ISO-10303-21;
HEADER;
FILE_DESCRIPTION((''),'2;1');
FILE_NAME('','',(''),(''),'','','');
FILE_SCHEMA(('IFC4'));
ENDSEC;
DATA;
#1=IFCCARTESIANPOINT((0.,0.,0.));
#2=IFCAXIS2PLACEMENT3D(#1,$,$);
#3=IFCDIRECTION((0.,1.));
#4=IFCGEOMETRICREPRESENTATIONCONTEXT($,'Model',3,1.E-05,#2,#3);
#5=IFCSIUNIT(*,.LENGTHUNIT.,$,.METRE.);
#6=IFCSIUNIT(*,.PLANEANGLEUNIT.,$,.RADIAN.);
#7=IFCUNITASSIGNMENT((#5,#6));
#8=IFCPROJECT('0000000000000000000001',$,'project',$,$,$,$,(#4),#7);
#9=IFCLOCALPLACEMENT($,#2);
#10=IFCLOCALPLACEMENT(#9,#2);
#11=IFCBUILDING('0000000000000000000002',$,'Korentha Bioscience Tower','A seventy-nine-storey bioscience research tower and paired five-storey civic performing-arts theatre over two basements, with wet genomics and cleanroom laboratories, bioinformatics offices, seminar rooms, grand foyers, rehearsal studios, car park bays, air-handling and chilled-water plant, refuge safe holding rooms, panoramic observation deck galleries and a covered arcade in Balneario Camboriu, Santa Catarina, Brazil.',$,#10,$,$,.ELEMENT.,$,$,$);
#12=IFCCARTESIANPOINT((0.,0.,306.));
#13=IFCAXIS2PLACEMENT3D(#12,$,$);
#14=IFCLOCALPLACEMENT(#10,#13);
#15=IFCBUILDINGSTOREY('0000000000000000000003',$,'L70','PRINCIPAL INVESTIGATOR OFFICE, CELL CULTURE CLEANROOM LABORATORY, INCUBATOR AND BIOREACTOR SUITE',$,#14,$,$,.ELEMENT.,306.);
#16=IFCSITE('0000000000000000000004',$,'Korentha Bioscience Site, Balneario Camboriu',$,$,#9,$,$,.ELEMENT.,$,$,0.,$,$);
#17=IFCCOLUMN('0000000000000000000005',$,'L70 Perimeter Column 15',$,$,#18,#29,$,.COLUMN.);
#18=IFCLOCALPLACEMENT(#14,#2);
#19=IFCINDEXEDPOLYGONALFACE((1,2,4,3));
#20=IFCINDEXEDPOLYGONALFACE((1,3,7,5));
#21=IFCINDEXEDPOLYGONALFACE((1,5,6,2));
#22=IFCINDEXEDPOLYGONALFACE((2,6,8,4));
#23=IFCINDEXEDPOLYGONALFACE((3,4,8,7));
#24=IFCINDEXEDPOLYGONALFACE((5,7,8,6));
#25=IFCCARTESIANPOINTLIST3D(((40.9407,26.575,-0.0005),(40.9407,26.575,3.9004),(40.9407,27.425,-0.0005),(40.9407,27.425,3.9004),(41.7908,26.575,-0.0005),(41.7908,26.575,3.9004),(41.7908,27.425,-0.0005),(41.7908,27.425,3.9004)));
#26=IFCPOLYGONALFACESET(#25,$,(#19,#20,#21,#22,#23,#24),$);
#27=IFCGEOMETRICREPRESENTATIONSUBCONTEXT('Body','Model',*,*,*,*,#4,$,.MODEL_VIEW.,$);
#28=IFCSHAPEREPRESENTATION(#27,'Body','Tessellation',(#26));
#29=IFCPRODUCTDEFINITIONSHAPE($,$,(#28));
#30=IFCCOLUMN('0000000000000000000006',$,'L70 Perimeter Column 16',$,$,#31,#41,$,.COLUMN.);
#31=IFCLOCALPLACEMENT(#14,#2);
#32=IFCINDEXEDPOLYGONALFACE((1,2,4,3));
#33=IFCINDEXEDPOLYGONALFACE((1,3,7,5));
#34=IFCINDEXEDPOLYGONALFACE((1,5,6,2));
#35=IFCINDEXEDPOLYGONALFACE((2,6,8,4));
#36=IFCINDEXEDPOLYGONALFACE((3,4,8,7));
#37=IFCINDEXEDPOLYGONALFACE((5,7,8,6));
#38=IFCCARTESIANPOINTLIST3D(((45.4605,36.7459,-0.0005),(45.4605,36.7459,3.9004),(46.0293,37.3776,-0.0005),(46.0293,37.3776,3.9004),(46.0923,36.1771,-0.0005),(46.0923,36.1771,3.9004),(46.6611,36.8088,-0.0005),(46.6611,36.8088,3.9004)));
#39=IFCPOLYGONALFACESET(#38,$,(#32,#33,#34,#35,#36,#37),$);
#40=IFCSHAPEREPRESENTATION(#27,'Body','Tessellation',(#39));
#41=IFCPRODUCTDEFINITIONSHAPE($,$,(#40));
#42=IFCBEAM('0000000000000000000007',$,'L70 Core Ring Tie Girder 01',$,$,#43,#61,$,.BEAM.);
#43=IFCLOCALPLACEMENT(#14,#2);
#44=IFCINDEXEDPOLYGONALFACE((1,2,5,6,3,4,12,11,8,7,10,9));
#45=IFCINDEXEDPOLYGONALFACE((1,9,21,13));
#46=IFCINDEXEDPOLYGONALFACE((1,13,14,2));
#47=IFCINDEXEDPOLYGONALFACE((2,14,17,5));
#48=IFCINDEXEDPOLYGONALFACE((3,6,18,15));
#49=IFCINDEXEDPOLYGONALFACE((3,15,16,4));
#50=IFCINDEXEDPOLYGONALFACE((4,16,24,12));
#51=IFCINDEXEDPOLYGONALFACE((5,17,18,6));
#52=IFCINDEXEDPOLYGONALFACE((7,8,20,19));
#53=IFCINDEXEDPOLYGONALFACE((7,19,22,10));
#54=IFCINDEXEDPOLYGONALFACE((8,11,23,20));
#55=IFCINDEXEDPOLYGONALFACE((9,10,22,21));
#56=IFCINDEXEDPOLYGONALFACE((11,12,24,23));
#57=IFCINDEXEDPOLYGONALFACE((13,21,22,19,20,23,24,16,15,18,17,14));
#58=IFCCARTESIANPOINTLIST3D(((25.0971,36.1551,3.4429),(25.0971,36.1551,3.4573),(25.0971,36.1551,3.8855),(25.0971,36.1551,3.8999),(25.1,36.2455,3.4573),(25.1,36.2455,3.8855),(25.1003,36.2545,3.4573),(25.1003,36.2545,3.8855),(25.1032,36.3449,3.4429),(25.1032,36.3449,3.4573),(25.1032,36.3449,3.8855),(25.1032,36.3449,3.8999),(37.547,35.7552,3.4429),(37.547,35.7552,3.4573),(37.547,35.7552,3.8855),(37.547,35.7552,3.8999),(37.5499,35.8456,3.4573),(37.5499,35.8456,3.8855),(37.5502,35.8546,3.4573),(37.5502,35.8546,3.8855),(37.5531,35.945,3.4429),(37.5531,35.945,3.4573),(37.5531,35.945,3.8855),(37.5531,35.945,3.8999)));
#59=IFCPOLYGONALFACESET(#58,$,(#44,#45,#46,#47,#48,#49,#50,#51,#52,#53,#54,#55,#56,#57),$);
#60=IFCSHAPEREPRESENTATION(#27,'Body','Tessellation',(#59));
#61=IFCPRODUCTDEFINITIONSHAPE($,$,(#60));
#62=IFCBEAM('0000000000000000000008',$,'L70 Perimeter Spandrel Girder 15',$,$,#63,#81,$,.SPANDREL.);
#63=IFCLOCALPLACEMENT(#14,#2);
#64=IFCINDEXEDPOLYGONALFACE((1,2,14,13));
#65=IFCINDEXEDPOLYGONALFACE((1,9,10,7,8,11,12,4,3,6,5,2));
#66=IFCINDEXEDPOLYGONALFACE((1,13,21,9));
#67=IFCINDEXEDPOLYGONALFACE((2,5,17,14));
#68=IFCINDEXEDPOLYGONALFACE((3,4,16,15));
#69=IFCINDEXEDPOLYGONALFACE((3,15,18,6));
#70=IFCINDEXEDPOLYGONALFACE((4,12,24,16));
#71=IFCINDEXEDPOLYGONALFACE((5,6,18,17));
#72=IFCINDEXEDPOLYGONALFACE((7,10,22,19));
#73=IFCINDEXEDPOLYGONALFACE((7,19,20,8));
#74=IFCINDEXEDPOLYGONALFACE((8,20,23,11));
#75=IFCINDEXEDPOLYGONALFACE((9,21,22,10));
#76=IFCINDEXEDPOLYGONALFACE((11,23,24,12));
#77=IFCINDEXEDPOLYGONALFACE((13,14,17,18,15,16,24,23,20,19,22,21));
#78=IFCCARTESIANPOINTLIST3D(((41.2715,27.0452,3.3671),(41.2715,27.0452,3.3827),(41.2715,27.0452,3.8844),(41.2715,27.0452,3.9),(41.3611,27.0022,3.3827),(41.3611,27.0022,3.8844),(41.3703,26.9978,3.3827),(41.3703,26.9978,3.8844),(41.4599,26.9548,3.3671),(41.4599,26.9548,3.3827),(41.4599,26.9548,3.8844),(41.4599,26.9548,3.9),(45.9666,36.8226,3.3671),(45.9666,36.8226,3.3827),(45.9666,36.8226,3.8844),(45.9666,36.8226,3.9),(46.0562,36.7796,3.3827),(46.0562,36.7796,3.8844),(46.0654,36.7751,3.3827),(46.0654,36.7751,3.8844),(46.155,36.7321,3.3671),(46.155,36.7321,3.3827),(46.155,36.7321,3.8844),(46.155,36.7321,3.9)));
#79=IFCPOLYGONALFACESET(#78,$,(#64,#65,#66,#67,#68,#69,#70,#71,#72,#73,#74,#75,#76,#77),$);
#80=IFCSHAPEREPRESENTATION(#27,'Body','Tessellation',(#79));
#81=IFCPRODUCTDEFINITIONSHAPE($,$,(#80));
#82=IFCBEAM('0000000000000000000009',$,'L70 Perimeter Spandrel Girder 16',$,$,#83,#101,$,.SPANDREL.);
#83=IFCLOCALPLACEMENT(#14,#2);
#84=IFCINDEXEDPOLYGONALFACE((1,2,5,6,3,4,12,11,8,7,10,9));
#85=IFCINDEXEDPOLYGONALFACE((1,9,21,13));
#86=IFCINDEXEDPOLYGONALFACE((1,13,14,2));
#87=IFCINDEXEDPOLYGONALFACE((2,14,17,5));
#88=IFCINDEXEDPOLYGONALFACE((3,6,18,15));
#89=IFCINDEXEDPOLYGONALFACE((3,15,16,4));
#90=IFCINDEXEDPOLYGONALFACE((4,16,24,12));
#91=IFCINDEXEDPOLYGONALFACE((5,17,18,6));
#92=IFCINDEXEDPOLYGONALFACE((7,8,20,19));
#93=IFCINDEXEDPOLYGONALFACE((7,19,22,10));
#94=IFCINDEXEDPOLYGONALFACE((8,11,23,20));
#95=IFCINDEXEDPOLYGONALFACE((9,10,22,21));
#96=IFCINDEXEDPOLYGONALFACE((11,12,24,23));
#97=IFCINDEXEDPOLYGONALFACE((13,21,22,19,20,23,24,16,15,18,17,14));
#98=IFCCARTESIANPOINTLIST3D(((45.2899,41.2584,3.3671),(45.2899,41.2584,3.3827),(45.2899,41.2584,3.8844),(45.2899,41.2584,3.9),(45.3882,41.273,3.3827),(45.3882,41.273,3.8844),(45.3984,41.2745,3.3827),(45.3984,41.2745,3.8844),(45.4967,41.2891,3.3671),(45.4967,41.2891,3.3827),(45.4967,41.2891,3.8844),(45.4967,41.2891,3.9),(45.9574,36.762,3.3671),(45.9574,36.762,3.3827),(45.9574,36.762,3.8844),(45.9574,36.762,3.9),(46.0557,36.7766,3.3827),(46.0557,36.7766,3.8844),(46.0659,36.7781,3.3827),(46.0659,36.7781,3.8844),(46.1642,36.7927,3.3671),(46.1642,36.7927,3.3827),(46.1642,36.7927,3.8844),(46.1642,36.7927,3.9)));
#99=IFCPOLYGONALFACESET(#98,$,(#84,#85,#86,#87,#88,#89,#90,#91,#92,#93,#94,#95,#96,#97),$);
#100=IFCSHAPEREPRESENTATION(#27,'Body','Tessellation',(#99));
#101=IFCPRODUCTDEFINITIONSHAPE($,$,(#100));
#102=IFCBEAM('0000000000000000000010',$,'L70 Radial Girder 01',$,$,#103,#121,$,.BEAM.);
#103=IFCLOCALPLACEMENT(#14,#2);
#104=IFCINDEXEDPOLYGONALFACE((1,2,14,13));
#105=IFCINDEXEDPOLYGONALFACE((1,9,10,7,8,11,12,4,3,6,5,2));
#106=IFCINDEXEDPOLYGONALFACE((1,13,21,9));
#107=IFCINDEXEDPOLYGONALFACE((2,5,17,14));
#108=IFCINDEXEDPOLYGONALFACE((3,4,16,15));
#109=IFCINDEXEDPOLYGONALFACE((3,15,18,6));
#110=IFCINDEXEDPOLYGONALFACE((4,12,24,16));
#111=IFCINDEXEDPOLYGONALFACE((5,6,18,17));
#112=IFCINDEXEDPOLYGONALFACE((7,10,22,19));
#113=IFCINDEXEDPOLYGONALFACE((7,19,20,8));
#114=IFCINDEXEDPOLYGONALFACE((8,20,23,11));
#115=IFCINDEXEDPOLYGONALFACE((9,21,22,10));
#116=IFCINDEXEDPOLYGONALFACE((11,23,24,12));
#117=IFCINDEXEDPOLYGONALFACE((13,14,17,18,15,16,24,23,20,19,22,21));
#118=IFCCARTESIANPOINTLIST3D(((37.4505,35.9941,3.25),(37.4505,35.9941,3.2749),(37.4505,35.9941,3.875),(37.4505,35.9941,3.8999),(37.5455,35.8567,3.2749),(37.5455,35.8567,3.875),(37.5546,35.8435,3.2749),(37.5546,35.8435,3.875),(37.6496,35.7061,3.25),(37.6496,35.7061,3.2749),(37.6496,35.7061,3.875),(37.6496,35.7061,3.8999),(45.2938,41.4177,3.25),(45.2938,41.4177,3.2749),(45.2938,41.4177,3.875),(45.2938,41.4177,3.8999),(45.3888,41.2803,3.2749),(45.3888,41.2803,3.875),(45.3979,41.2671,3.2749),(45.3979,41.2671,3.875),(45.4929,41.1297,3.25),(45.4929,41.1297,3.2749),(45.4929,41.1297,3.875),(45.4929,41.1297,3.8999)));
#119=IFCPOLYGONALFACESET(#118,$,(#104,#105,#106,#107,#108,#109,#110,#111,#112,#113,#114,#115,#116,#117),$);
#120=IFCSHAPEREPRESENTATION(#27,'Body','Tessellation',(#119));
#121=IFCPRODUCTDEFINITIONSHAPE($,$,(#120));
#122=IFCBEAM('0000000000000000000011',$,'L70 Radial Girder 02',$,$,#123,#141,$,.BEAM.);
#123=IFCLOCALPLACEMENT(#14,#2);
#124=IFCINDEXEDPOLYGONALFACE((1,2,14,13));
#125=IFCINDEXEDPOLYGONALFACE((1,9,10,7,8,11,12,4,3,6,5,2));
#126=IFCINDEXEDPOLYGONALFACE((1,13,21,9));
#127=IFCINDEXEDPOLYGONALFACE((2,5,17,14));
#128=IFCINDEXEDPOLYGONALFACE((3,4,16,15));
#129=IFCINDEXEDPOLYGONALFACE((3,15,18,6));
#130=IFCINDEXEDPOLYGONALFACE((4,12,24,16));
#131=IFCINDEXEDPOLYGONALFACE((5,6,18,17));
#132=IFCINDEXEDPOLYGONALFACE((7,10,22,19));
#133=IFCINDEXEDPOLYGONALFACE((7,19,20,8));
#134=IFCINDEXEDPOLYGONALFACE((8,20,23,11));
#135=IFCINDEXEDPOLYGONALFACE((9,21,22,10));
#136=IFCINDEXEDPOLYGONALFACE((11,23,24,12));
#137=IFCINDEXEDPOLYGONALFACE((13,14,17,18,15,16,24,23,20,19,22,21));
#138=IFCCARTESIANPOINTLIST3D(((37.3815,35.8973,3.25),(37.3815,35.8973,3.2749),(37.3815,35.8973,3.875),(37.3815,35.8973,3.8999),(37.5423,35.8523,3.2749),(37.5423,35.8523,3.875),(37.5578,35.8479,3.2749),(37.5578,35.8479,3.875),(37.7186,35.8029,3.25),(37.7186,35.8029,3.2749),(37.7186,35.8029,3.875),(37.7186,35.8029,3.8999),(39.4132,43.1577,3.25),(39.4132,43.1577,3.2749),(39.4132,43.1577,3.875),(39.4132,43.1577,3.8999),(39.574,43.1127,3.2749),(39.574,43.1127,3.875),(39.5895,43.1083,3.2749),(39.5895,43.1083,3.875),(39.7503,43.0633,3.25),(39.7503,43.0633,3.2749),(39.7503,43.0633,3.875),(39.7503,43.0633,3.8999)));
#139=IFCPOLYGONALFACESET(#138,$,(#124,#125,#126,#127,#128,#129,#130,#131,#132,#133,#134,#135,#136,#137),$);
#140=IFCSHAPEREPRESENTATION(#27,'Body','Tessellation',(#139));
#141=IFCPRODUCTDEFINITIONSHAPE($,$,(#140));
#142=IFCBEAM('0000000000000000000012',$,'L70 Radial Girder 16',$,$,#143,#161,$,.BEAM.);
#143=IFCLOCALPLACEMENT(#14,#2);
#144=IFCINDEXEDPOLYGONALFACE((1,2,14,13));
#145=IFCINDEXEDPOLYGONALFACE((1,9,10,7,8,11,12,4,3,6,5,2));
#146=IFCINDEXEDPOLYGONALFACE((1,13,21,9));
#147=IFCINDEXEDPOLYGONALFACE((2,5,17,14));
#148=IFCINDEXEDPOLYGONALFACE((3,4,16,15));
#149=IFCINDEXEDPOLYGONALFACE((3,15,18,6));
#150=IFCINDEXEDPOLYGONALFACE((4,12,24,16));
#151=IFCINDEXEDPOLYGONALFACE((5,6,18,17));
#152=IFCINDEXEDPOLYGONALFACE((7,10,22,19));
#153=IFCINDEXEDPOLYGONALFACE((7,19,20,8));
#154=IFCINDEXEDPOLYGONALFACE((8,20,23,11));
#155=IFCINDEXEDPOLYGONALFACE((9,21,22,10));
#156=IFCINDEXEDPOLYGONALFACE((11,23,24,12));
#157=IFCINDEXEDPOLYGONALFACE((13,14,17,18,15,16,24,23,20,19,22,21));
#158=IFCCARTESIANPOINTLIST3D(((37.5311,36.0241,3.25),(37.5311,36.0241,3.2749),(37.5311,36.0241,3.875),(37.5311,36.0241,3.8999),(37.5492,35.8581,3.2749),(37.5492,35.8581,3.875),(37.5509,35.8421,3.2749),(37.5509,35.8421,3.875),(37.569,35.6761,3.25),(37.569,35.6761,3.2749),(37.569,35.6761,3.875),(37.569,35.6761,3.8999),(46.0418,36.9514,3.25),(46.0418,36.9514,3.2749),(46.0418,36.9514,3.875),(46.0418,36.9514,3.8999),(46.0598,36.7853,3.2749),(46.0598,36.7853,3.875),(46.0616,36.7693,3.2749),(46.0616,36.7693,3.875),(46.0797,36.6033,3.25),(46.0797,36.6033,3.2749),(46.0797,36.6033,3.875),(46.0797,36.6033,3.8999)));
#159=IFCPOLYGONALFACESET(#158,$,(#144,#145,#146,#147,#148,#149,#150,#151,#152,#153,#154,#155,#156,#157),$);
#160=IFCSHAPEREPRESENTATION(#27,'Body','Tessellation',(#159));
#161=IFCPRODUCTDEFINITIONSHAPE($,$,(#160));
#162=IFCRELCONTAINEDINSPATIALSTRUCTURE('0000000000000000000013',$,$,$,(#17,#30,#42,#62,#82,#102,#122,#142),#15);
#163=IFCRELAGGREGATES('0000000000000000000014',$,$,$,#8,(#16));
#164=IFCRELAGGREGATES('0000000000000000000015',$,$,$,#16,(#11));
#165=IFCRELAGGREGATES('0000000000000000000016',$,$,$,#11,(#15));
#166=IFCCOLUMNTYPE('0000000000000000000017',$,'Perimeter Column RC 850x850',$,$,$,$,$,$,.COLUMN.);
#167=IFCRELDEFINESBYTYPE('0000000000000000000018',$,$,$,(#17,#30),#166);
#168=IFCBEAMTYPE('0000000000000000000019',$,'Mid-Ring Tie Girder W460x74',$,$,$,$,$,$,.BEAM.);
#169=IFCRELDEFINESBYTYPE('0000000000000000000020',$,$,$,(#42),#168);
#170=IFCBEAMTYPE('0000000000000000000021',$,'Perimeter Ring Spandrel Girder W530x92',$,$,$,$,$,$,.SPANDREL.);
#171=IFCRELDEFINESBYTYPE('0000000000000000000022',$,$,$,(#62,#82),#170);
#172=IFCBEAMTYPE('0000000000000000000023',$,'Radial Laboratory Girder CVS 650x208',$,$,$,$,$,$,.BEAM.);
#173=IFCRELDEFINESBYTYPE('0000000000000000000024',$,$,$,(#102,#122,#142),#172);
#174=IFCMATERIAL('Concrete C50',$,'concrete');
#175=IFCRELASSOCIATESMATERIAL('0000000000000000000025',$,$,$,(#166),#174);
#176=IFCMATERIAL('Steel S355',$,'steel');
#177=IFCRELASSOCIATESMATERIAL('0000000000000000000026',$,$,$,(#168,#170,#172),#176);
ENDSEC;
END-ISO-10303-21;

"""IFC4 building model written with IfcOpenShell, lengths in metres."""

from ifc_helpers import new_model, si_unit, direction, frame, origin, origin_2d, place, context, subcontext, project, spatial, rectangle, i_section, extrude, material, material_profile, profile_set, type_object, element, save


model = new_model("IFC4")

# Units and contexts
model_context = context("Model", 3, precision=1e-05, world=origin(), true_north=direction((0.0, 1.0)))
body_context = subcontext(model_context, "Body", "Model", "MODEL_VIEW")
ifc_project = project(units=[si_unit("LENGTHUNIT", "METRE"), si_unit("PLANEANGLEUNIT", "RADIAN")], contexts=[model_context])

# Site, building, storey
site_placement = place(None, origin())
site = spatial("IfcSite", under=ifc_project, at=site_placement, Name="Korentha Bioscience Site, Balneario Camboriu", CompositionType="ELEMENT", RefElevation=0.0)
building_placement = place(site_placement, origin())
building = spatial("IfcBuilding", under=site, at=building_placement, Name="Korentha Bioscience Tower", Description="A seventy-nine-storey bioscience research tower and paired five-storey civic performing-arts theatre over two basements, with wet genomics and cleanroom laboratories, bioinformatics offices, seminar rooms, grand foyers, rehearsal studios, car park bays, air-handling and chilled-water plant, refuge safe holding rooms, panoramic observation deck galleries and a covered arcade in Balneario Camboriu, Santa Catarina, Brazil.", CompositionType="ELEMENT")
storey_placement = place(building_placement, frame((0.0, 0.0, 306.0)))
storey = spatial("IfcBuildingStorey", under=building, at=storey_placement, Name="L70", Description="PRINCIPAL INVESTIGATOR OFFICE, CELL CULTURE CLEANROOM LABORATORY, INCUBATOR AND BIOREACTOR SUITE", CompositionType="ELEMENT", Elevation=306.0)

# Columns
ifc_material_1 = material(Name="Concrete C50", Category="concrete")
ifc_material_profile_1 = material_profile(ifc_material_1, rectangle(XDim=0.8501, YDim=0.8501, at=origin_2d()), Name="Concrete C50")
ifc_profile_set_1 = profile_set([ifc_material_profile_1], Name="Concrete C50 (COL-P08)")
column_type = type_object("IfcColumnType", Name="Perimeter Column RC 850x850", PredefinedType="COLUMN", material=ifc_profile_set_1)
for number, where, z_axis, x_axis, name in (
    (1, (41.3657, 27.0, -0.0005), (0.0, 0.0, 1.0), (0.0, 1.0, 0.0), "L70 Perimeter Column 15"),
    (2, (46.0608, 36.7773, -0.0005), (0.0, 0.0, 1.0), (0.669131, 0.743145, 0.0), "L70 Perimeter Column 16"),
):
    element("IfcColumn", number, at=place(storey_placement, frame(where, z_axis=z_axis, x_axis=x_axis)), inside=storey, type_object=column_type, Name=name, PredefinedType="COLUMN", context=body_context, shape_type="SweptSolid", body=[
        extrude(rectangle(XDim=0.8501, YDim=0.8501, at=origin_2d()), origin(), (0.0, 0.0, 1.0), 3.9009),
    ])

# Beams
ifc_material_2 = material(Name="Steel S355", Category="steel")
ifc_material_profile_2 = material_profile(ifc_material_2, i_section(OverallWidth=0.1899, OverallDepth=0.457, WebThickness=0.009, FlangeThickness=0.0144, at=origin_2d()), Name="Steel S355")
ifc_profile_set_2 = profile_set([ifc_material_profile_2], Name="Steel S355 (MB-460)")
beam_type_1 = type_object("IfcBeamType", Name="Mid-Ring Tie Girder W460x74", PredefinedType="BEAM", material=ifc_profile_set_2)
beam_1_placement = place(storey_placement, frame((37.55, 35.8501, 3.6714), z_axis=(-0.999485, 0.032104, 0.0), x_axis=(-0.032104, -0.999485, 0.0)))
element("IfcBeam", 3, at=beam_1_placement, inside=storey, type_object=beam_type_1, Name="L70 Core Ring Tie Girder 01", PredefinedType="BEAM", context=body_context, shape_type="SweptSolid", body=[
    extrude(i_section(OverallWidth=0.1899, OverallDepth=0.457, WebThickness=0.009, FlangeThickness=0.0144, at=origin_2d()), origin(), (0.0, 0.0, 1.0), 12.4563),
])
ifc_material_profile_3 = material_profile(ifc_material_2, i_section(OverallWidth=0.209, OverallDepth=0.533, WebThickness=0.0103, FlangeThickness=0.0156, at=origin_2d()), Name="Steel S355")
ifc_profile_set_3 = profile_set([ifc_material_profile_3], Name="Steel S355 (SB-530)")
beam_type_2 = type_object("IfcBeamType", Name="Perimeter Ring Spandrel Girder W530x92", PredefinedType="SPANDREL", material=ifc_profile_set_3)
beam_2_placement = place(storey_placement, frame((41.3657, 27.0, 3.6335), z_axis=(0.432877, 0.901453, 0.0), x_axis=(-0.901453, 0.432877, 0.0)))
element("IfcBeam", 4, at=beam_2_placement, inside=storey, type_object=beam_type_2, Name="L70 Perimeter Spandrel Girder 15", PredefinedType="SPANDREL", context=body_context, shape_type="SweptSolid", body=[
    extrude(i_section(OverallWidth=0.209, OverallDepth=0.533, WebThickness=0.0103, FlangeThickness=0.0156, at=origin_2d()), origin(), (0.0, 0.0, 1.0), 10.8462),
])
beam_3_placement = place(storey_placement, frame((46.0608, 36.7773, 3.6335), z_axis=(-0.146841, 0.98916, 0.0), x_axis=(-0.98916, -0.146841, 0.0)))
element("IfcBeam", 5, at=beam_3_placement, inside=storey, type_object=beam_type_2, Name="L70 Perimeter Spandrel Girder 16", PredefinedType="SPANDREL", context=body_context, shape_type="SweptSolid", body=[
    extrude(i_section(OverallWidth=0.209, OverallDepth=0.533, WebThickness=0.0103, FlangeThickness=0.0156, at=origin_2d()), origin(), (0.0, 0.0, 1.0), 4.5457),
])
ifc_material_profile_4 = material_profile(ifc_material_2, i_section(OverallWidth=0.3501, OverallDepth=0.6499, WebThickness=0.0161, FlangeThickness=0.0249, at=origin_2d()), Name="Steel S355")
ifc_profile_set_4 = profile_set([ifc_material_profile_4], Name="Steel S355 (RB-650)")
beam_type_3 = type_object("IfcBeamType", Name="Radial Laboratory Girder CVS 650x208", PredefinedType="BEAM", material=ifc_profile_set_4)
beam_4_placement = place(storey_placement, frame((37.55, 35.8501, 3.575), z_axis=(0.822505, 0.568759, 0.0), x_axis=(-0.568759, 0.822505, 0.0)))
element("IfcBeam", 6, at=beam_4_placement, inside=storey, type_object=beam_type_3, Name="L70 Radial Girder 01", PredefinedType="BEAM", context=body_context, shape_type="SweptSolid", body=[
    extrude(i_section(OverallWidth=0.3501, OverallDepth=0.6499, WebThickness=0.0161, FlangeThickness=0.0249, at=origin_2d()), origin(), (0.0, 0.0, 1.0), 9.5359),
])
beam_5_placement = place(storey_placement, frame((37.55, 35.8501, 3.575), z_axis=(0.269482, 0.963005, 0.0), x_axis=(-0.963005, 0.269482, 0.0)))
element("IfcBeam", 7, at=beam_5_placement, inside=storey, type_object=beam_type_3, Name="L70 Radial Girder 02", PredefinedType="BEAM", context=body_context, shape_type="SweptSolid", body=[
    extrude(i_section(OverallWidth=0.3501, OverallDepth=0.6499, WebThickness=0.0161, FlangeThickness=0.0249, at=origin_2d()), origin(), (0.0, 0.0, 1.0), 7.5393),
])
beam_6_placement = place(storey_placement, frame((37.55, 35.8501, 3.575), z_axis=(0.994117, 0.108309, 0.0), x_axis=(-0.108309, 0.994117, 0.0)))
element("IfcBeam", 8, at=beam_6_placement, inside=storey, type_object=beam_type_3, Name="L70 Radial Girder 16", PredefinedType="BEAM", context=body_context, shape_type="SweptSolid", body=[
    extrude(i_section(OverallWidth=0.3501, OverallDepth=0.6499, WebThickness=0.0161, FlangeThickness=0.0249, at=origin_2d()), origin(), (0.0, 0.0, 1.0), 8.561),
])

save(model, "model.ifc")
